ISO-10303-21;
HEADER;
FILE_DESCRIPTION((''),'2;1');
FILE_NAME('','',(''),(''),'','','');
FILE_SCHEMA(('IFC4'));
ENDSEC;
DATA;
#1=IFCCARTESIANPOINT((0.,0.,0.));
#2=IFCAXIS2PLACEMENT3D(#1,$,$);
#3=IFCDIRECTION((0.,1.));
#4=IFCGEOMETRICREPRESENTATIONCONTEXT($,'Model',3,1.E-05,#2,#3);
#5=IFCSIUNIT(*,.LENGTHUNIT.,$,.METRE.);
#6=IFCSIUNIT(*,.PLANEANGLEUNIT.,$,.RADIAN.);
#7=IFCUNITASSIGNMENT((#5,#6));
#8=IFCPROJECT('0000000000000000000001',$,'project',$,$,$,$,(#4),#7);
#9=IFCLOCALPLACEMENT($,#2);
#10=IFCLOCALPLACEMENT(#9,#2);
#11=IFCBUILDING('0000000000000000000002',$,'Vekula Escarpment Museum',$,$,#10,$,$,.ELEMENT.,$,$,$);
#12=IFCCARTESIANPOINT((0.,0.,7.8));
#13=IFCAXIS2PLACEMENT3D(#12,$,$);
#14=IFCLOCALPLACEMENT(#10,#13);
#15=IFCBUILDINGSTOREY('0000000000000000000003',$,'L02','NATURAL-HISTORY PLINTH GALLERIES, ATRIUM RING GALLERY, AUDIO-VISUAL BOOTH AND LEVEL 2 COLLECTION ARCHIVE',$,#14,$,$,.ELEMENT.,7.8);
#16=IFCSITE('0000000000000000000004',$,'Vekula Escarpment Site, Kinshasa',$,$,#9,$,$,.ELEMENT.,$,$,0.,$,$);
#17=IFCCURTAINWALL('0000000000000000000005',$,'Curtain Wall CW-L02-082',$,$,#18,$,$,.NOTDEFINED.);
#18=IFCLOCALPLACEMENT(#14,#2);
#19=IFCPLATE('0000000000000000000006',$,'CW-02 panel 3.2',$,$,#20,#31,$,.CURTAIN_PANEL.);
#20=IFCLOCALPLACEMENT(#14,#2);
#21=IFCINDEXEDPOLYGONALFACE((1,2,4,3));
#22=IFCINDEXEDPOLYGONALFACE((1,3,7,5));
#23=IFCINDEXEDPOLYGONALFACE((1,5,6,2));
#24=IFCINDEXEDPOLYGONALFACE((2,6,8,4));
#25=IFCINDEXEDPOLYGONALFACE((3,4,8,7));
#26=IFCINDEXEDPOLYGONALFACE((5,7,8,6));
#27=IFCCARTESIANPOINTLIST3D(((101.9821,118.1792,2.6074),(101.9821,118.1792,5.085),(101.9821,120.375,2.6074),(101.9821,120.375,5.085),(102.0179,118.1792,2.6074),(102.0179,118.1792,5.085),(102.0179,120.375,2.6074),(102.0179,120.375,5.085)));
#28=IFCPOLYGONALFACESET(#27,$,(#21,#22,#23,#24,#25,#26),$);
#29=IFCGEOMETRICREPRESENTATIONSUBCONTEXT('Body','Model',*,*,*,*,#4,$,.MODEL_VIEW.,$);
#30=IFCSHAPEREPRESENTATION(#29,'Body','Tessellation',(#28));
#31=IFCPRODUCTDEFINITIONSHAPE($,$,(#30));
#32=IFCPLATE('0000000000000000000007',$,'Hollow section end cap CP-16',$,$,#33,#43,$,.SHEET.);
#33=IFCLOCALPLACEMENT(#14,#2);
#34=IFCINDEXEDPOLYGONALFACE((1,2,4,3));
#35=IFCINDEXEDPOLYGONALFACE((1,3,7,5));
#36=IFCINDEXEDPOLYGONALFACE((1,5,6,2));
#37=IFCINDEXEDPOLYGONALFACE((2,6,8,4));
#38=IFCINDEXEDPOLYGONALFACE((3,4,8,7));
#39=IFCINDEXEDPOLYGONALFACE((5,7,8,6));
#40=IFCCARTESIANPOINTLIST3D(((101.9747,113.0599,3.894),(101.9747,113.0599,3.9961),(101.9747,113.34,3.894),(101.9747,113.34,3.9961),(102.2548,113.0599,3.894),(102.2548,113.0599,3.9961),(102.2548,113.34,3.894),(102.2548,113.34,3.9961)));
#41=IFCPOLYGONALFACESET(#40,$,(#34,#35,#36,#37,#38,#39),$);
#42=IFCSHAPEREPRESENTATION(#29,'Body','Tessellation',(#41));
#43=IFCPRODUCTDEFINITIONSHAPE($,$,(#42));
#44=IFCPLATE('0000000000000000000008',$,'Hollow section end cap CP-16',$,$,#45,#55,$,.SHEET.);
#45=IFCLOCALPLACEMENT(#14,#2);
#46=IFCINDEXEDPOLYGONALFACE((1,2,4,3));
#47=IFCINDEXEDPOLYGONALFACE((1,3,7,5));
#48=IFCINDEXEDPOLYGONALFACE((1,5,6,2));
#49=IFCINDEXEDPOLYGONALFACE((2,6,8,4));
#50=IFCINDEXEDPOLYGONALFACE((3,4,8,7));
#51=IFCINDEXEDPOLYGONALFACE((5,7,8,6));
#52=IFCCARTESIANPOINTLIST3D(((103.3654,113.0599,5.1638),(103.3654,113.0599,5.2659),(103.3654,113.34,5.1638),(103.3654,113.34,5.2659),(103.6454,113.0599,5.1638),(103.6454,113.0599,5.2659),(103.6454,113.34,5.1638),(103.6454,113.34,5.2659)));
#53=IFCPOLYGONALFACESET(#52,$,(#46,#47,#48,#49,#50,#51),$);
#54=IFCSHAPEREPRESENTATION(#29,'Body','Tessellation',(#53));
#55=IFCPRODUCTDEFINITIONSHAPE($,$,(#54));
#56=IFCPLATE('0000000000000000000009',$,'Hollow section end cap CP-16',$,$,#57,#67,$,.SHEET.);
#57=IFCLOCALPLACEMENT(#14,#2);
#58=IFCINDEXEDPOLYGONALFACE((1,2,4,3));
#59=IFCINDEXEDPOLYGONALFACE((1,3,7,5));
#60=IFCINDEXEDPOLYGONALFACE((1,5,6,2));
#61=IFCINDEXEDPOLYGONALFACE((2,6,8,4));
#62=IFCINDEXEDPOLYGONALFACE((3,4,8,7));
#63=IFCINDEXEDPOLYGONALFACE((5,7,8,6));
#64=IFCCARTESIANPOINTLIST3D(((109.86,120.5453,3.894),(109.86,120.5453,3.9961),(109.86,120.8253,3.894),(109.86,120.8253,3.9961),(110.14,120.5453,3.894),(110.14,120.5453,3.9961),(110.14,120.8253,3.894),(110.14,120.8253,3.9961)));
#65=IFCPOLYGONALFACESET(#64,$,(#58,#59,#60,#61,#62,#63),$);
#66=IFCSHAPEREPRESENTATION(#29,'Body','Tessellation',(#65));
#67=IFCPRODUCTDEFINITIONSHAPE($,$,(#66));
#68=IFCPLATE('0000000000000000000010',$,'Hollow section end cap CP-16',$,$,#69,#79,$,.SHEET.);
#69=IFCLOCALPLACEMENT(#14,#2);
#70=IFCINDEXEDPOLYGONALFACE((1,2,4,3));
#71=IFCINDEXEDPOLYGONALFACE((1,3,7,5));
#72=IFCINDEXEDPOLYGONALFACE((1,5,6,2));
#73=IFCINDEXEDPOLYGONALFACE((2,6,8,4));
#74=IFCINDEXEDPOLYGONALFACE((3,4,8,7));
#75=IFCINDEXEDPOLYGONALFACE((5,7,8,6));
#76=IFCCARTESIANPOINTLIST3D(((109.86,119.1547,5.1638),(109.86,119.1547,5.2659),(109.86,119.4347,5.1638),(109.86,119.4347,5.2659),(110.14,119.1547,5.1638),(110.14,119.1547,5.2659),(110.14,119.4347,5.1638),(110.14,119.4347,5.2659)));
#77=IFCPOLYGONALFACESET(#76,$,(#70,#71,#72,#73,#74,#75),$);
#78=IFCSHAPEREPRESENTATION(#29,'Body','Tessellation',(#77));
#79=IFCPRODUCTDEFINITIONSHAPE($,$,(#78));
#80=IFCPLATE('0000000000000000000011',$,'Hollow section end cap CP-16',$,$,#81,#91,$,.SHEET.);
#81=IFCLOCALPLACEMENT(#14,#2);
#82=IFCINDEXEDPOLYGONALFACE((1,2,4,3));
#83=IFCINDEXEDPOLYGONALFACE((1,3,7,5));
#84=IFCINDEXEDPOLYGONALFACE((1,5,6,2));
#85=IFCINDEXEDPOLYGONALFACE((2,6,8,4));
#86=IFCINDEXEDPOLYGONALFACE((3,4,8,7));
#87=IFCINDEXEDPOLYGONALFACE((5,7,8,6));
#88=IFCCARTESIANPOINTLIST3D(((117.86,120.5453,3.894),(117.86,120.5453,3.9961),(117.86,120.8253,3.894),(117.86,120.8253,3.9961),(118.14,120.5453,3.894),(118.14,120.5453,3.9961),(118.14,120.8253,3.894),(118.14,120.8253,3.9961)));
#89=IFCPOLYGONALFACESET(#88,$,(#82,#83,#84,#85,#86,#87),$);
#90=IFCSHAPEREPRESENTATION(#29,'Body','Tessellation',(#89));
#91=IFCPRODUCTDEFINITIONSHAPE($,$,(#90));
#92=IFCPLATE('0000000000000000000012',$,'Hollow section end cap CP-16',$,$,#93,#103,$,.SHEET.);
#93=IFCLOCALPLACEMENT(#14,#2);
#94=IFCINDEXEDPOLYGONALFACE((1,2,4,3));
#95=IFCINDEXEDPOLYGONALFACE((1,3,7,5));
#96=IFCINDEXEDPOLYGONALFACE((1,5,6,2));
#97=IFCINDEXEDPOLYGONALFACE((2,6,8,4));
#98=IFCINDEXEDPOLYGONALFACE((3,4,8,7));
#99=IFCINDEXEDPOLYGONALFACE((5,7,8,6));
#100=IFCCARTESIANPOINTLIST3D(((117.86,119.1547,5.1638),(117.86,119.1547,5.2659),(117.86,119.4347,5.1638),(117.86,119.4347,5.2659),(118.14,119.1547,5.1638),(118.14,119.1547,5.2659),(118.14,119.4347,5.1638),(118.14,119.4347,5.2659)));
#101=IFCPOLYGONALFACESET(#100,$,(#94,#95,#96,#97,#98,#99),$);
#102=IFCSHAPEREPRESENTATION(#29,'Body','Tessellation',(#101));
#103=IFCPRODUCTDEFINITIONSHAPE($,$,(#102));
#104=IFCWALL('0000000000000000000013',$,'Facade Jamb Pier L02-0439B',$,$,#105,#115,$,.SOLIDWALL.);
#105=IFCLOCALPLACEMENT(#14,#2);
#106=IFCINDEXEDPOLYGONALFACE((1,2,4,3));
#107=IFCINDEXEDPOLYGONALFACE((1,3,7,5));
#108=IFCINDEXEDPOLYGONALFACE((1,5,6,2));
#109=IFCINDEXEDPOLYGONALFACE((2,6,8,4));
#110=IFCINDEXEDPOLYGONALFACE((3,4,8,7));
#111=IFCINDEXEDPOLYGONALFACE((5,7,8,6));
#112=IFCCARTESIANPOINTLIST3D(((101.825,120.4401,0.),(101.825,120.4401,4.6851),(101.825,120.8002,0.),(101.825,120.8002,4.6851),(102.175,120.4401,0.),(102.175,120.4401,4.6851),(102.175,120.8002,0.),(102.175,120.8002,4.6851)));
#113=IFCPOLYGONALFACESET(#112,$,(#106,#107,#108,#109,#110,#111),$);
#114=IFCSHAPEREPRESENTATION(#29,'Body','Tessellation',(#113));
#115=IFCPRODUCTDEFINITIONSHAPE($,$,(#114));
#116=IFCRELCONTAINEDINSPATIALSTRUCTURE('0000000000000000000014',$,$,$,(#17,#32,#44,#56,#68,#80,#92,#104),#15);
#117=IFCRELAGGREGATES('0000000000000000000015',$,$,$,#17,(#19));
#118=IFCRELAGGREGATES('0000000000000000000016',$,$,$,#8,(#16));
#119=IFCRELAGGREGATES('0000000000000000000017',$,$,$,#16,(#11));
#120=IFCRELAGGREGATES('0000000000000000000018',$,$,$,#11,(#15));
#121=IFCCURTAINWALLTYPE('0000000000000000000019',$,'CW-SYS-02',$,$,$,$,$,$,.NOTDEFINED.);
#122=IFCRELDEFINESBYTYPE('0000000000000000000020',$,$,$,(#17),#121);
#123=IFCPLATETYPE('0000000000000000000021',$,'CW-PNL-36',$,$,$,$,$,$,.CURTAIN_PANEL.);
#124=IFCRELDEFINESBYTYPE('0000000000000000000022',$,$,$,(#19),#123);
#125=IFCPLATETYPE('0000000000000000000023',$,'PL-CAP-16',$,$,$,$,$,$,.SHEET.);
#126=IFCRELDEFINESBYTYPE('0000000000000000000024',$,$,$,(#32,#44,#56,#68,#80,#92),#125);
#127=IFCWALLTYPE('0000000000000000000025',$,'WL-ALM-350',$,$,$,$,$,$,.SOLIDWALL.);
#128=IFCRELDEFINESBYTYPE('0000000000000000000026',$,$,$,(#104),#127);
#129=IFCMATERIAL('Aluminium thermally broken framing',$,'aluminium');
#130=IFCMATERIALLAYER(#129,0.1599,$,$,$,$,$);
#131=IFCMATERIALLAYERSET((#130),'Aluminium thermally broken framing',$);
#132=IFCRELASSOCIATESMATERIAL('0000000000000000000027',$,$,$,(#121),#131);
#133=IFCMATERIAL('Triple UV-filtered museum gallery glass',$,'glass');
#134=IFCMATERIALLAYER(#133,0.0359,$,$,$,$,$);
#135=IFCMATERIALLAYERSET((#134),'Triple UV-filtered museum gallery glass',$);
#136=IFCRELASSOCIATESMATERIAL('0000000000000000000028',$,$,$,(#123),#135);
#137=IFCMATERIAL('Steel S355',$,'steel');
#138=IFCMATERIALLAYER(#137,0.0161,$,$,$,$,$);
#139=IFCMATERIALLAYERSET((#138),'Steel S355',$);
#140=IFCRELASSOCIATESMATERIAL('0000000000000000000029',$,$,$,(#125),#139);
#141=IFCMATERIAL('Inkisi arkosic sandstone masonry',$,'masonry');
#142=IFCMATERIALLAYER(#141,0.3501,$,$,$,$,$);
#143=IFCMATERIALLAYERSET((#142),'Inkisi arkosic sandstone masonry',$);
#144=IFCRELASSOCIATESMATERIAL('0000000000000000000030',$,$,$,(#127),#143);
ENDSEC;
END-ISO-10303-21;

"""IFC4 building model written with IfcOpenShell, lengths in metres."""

from ifc_helpers import new_model, si_unit, direction, frame, frame_2d, origin, origin_2d, place, context, subcontext, project, spatial, rectangle, extrude, material, layer, layer_set, type_object, element, aggregate, save


model = new_model("IFC4")

# Units and contexts
model_context = context("Model", 3, precision=1e-05, world=origin(), true_north=direction((0.0, 1.0)))
body_context = subcontext(model_context, "Body", "Model", "MODEL_VIEW")
ifc_project = project(units=[si_unit("LENGTHUNIT", "METRE"), si_unit("PLANEANGLEUNIT", "RADIAN")], contexts=[model_context])

# Site, building, storey
site_placement = place(None, origin())
site = spatial("IfcSite", under=ifc_project, at=site_placement, Name="Vekula Escarpment Site, Kinshasa", CompositionType="ELEMENT", RefElevation=0.0)
building_placement = place(site_placement, origin())
building = spatial("IfcBuilding", under=site, at=building_placement, Name="Vekula Escarpment Museum", CompositionType="ELEMENT")
storey_placement = place(building_placement, frame((0.0, 0.0, 7.8)))
storey = spatial("IfcBuildingStorey", under=building, at=storey_placement, Name="L02", Description="NATURAL-HISTORY PLINTH GALLERIES, ATRIUM RING GALLERY, AUDIO-VISUAL BOOTH AND LEVEL 2 COLLECTION ARCHIVE", CompositionType="ELEMENT", Elevation=7.8)

# Curtain wall
ifc_material_1 = material(Name="Aluminium thermally broken framing", Category="aluminium")
ifc_layer_1 = layer(ifc_material_1, 0.1599)
ifc_layer_set_1 = layer_set([ifc_layer_1], Name="Aluminium thermally broken framing")
curtain_wall_type = type_object("IfcCurtainWallType", Name="CW-SYS-02", PredefinedType="NOTDEFINED", material=ifc_layer_set_1)
curtain_wall_placement = place(storey_placement, origin())
curtain_wall = element("IfcCurtainWall", 1, at=curtain_wall_placement, inside=storey, type_object=curtain_wall_type, Name="Curtain Wall CW-L02-082", PredefinedType="NOTDEFINED")

# Plate
ifc_material_2 = material(Name="Triple UV-filtered museum gallery glass", Category="glass")
ifc_layer_2 = layer(ifc_material_2, 0.0359)
ifc_layer_set_2 = layer_set([ifc_layer_2], Name="Triple UV-filtered museum gallery glass")
plate_type_1 = type_object("IfcPlateType", Name="CW-PNL-36", PredefinedType="CURTAIN_PANEL", material=ifc_layer_set_2)
plate_1_placement = place(storey_placement, frame((102.0, 119.2771, 2.6074), z_axis=(0.0, 0.0, 1.0), x_axis=(0.0, 1.0, 0.0)))
plate_1 = element("IfcPlate", 2, at=plate_1_placement, type_object=plate_type_1, Name="CW-02 panel 3.2", PredefinedType="CURTAIN_PANEL", context=body_context, shape_type="SweptSolid", body=[
    extrude(rectangle(XDim=2.1958, YDim=0.0359, at=origin_2d()), origin(), (0.0, 0.0, 1.0), 2.4775),
])
aggregate(curtain_wall, [plate_1])

# Plates
ifc_material_3 = material(Name="Steel S355", Category="steel")
ifc_layer_3 = layer(ifc_material_3, 0.0161)
ifc_layer_set_3 = layer_set([ifc_layer_3], Name="Steel S355")
plate_type_2 = type_object("IfcPlateType", Name="PL-CAP-16", PredefinedType="SHEET", material=ifc_layer_set_3)
for number, where, z_axis, x_axis, name in (
    (3, (102.1147, 113.2, 3.894), (0.0, 0.0, 1.0), (1.0, 0.0, 0.0), "Hollow section end cap CP-16"),
    (4, (103.5054, 113.2, 5.1638), (0.0, 0.0, 1.0), (1.0, 0.0, 0.0), "Hollow section end cap CP-16"),
    (5, (110.0, 120.6853, 3.894), (0.0, 0.0, 1.0), (1.0, 0.0, 0.0), "Hollow section end cap CP-16"),
    (6, (110.0, 119.2947, 5.1638), (0.0, 0.0, 1.0), (1.0, 0.0, 0.0), "Hollow section end cap CP-16"),
    (7, (118.0, 120.6853, 3.894), (0.0, 0.0, 1.0), (1.0, 0.0, 0.0), "Hollow section end cap CP-16"),
    (8, (118.0, 119.2947, 5.1638), (0.0, 0.0, 1.0), (1.0, 0.0, 0.0), "Hollow section end cap CP-16"),
):
    element("IfcPlate", number, at=place(storey_placement, frame(where, z_axis=z_axis, x_axis=x_axis)), inside=storey, type_object=plate_type_2, Name=name, PredefinedType="SHEET", context=body_context, shape_type="SweptSolid", body=[
        extrude(rectangle(XDim=0.28, YDim=0.28, at=origin_2d()), origin(), (0.0, 0.0, 1.0), 0.1021),
    ])

# Wall
ifc_material_4 = material(Name="Inkisi arkosic sandstone masonry", Category="masonry")
ifc_layer_4 = layer(ifc_material_4, 0.3501)
ifc_layer_set_4 = layer_set([ifc_layer_4], Name="Inkisi arkosic sandstone masonry")
wall_type = type_object("IfcWallType", Name="WL-ALM-350", PredefinedType="SOLIDWALL", material=ifc_layer_set_4)
wall_placement = place(storey_placement, frame((102.0, 120.4399, 0.0), z_axis=(0.0, 0.0, 1.0), x_axis=(0.0, 1.0, 0.0)))
element("IfcWall", 9, at=wall_placement, inside=storey, type_object=wall_type, Name="Facade Jamb Pier L02-0439B", PredefinedType="SOLIDWALL", context=body_context, shape_type="SweptSolid", body=[
    extrude(rectangle(XDim=0.3601, YDim=0.3501, at=frame_2d((0.1802, 0.0))), origin(), (0.0, 0.0, 1.0), 4.6851),
])

save(model, "model.ifc")
